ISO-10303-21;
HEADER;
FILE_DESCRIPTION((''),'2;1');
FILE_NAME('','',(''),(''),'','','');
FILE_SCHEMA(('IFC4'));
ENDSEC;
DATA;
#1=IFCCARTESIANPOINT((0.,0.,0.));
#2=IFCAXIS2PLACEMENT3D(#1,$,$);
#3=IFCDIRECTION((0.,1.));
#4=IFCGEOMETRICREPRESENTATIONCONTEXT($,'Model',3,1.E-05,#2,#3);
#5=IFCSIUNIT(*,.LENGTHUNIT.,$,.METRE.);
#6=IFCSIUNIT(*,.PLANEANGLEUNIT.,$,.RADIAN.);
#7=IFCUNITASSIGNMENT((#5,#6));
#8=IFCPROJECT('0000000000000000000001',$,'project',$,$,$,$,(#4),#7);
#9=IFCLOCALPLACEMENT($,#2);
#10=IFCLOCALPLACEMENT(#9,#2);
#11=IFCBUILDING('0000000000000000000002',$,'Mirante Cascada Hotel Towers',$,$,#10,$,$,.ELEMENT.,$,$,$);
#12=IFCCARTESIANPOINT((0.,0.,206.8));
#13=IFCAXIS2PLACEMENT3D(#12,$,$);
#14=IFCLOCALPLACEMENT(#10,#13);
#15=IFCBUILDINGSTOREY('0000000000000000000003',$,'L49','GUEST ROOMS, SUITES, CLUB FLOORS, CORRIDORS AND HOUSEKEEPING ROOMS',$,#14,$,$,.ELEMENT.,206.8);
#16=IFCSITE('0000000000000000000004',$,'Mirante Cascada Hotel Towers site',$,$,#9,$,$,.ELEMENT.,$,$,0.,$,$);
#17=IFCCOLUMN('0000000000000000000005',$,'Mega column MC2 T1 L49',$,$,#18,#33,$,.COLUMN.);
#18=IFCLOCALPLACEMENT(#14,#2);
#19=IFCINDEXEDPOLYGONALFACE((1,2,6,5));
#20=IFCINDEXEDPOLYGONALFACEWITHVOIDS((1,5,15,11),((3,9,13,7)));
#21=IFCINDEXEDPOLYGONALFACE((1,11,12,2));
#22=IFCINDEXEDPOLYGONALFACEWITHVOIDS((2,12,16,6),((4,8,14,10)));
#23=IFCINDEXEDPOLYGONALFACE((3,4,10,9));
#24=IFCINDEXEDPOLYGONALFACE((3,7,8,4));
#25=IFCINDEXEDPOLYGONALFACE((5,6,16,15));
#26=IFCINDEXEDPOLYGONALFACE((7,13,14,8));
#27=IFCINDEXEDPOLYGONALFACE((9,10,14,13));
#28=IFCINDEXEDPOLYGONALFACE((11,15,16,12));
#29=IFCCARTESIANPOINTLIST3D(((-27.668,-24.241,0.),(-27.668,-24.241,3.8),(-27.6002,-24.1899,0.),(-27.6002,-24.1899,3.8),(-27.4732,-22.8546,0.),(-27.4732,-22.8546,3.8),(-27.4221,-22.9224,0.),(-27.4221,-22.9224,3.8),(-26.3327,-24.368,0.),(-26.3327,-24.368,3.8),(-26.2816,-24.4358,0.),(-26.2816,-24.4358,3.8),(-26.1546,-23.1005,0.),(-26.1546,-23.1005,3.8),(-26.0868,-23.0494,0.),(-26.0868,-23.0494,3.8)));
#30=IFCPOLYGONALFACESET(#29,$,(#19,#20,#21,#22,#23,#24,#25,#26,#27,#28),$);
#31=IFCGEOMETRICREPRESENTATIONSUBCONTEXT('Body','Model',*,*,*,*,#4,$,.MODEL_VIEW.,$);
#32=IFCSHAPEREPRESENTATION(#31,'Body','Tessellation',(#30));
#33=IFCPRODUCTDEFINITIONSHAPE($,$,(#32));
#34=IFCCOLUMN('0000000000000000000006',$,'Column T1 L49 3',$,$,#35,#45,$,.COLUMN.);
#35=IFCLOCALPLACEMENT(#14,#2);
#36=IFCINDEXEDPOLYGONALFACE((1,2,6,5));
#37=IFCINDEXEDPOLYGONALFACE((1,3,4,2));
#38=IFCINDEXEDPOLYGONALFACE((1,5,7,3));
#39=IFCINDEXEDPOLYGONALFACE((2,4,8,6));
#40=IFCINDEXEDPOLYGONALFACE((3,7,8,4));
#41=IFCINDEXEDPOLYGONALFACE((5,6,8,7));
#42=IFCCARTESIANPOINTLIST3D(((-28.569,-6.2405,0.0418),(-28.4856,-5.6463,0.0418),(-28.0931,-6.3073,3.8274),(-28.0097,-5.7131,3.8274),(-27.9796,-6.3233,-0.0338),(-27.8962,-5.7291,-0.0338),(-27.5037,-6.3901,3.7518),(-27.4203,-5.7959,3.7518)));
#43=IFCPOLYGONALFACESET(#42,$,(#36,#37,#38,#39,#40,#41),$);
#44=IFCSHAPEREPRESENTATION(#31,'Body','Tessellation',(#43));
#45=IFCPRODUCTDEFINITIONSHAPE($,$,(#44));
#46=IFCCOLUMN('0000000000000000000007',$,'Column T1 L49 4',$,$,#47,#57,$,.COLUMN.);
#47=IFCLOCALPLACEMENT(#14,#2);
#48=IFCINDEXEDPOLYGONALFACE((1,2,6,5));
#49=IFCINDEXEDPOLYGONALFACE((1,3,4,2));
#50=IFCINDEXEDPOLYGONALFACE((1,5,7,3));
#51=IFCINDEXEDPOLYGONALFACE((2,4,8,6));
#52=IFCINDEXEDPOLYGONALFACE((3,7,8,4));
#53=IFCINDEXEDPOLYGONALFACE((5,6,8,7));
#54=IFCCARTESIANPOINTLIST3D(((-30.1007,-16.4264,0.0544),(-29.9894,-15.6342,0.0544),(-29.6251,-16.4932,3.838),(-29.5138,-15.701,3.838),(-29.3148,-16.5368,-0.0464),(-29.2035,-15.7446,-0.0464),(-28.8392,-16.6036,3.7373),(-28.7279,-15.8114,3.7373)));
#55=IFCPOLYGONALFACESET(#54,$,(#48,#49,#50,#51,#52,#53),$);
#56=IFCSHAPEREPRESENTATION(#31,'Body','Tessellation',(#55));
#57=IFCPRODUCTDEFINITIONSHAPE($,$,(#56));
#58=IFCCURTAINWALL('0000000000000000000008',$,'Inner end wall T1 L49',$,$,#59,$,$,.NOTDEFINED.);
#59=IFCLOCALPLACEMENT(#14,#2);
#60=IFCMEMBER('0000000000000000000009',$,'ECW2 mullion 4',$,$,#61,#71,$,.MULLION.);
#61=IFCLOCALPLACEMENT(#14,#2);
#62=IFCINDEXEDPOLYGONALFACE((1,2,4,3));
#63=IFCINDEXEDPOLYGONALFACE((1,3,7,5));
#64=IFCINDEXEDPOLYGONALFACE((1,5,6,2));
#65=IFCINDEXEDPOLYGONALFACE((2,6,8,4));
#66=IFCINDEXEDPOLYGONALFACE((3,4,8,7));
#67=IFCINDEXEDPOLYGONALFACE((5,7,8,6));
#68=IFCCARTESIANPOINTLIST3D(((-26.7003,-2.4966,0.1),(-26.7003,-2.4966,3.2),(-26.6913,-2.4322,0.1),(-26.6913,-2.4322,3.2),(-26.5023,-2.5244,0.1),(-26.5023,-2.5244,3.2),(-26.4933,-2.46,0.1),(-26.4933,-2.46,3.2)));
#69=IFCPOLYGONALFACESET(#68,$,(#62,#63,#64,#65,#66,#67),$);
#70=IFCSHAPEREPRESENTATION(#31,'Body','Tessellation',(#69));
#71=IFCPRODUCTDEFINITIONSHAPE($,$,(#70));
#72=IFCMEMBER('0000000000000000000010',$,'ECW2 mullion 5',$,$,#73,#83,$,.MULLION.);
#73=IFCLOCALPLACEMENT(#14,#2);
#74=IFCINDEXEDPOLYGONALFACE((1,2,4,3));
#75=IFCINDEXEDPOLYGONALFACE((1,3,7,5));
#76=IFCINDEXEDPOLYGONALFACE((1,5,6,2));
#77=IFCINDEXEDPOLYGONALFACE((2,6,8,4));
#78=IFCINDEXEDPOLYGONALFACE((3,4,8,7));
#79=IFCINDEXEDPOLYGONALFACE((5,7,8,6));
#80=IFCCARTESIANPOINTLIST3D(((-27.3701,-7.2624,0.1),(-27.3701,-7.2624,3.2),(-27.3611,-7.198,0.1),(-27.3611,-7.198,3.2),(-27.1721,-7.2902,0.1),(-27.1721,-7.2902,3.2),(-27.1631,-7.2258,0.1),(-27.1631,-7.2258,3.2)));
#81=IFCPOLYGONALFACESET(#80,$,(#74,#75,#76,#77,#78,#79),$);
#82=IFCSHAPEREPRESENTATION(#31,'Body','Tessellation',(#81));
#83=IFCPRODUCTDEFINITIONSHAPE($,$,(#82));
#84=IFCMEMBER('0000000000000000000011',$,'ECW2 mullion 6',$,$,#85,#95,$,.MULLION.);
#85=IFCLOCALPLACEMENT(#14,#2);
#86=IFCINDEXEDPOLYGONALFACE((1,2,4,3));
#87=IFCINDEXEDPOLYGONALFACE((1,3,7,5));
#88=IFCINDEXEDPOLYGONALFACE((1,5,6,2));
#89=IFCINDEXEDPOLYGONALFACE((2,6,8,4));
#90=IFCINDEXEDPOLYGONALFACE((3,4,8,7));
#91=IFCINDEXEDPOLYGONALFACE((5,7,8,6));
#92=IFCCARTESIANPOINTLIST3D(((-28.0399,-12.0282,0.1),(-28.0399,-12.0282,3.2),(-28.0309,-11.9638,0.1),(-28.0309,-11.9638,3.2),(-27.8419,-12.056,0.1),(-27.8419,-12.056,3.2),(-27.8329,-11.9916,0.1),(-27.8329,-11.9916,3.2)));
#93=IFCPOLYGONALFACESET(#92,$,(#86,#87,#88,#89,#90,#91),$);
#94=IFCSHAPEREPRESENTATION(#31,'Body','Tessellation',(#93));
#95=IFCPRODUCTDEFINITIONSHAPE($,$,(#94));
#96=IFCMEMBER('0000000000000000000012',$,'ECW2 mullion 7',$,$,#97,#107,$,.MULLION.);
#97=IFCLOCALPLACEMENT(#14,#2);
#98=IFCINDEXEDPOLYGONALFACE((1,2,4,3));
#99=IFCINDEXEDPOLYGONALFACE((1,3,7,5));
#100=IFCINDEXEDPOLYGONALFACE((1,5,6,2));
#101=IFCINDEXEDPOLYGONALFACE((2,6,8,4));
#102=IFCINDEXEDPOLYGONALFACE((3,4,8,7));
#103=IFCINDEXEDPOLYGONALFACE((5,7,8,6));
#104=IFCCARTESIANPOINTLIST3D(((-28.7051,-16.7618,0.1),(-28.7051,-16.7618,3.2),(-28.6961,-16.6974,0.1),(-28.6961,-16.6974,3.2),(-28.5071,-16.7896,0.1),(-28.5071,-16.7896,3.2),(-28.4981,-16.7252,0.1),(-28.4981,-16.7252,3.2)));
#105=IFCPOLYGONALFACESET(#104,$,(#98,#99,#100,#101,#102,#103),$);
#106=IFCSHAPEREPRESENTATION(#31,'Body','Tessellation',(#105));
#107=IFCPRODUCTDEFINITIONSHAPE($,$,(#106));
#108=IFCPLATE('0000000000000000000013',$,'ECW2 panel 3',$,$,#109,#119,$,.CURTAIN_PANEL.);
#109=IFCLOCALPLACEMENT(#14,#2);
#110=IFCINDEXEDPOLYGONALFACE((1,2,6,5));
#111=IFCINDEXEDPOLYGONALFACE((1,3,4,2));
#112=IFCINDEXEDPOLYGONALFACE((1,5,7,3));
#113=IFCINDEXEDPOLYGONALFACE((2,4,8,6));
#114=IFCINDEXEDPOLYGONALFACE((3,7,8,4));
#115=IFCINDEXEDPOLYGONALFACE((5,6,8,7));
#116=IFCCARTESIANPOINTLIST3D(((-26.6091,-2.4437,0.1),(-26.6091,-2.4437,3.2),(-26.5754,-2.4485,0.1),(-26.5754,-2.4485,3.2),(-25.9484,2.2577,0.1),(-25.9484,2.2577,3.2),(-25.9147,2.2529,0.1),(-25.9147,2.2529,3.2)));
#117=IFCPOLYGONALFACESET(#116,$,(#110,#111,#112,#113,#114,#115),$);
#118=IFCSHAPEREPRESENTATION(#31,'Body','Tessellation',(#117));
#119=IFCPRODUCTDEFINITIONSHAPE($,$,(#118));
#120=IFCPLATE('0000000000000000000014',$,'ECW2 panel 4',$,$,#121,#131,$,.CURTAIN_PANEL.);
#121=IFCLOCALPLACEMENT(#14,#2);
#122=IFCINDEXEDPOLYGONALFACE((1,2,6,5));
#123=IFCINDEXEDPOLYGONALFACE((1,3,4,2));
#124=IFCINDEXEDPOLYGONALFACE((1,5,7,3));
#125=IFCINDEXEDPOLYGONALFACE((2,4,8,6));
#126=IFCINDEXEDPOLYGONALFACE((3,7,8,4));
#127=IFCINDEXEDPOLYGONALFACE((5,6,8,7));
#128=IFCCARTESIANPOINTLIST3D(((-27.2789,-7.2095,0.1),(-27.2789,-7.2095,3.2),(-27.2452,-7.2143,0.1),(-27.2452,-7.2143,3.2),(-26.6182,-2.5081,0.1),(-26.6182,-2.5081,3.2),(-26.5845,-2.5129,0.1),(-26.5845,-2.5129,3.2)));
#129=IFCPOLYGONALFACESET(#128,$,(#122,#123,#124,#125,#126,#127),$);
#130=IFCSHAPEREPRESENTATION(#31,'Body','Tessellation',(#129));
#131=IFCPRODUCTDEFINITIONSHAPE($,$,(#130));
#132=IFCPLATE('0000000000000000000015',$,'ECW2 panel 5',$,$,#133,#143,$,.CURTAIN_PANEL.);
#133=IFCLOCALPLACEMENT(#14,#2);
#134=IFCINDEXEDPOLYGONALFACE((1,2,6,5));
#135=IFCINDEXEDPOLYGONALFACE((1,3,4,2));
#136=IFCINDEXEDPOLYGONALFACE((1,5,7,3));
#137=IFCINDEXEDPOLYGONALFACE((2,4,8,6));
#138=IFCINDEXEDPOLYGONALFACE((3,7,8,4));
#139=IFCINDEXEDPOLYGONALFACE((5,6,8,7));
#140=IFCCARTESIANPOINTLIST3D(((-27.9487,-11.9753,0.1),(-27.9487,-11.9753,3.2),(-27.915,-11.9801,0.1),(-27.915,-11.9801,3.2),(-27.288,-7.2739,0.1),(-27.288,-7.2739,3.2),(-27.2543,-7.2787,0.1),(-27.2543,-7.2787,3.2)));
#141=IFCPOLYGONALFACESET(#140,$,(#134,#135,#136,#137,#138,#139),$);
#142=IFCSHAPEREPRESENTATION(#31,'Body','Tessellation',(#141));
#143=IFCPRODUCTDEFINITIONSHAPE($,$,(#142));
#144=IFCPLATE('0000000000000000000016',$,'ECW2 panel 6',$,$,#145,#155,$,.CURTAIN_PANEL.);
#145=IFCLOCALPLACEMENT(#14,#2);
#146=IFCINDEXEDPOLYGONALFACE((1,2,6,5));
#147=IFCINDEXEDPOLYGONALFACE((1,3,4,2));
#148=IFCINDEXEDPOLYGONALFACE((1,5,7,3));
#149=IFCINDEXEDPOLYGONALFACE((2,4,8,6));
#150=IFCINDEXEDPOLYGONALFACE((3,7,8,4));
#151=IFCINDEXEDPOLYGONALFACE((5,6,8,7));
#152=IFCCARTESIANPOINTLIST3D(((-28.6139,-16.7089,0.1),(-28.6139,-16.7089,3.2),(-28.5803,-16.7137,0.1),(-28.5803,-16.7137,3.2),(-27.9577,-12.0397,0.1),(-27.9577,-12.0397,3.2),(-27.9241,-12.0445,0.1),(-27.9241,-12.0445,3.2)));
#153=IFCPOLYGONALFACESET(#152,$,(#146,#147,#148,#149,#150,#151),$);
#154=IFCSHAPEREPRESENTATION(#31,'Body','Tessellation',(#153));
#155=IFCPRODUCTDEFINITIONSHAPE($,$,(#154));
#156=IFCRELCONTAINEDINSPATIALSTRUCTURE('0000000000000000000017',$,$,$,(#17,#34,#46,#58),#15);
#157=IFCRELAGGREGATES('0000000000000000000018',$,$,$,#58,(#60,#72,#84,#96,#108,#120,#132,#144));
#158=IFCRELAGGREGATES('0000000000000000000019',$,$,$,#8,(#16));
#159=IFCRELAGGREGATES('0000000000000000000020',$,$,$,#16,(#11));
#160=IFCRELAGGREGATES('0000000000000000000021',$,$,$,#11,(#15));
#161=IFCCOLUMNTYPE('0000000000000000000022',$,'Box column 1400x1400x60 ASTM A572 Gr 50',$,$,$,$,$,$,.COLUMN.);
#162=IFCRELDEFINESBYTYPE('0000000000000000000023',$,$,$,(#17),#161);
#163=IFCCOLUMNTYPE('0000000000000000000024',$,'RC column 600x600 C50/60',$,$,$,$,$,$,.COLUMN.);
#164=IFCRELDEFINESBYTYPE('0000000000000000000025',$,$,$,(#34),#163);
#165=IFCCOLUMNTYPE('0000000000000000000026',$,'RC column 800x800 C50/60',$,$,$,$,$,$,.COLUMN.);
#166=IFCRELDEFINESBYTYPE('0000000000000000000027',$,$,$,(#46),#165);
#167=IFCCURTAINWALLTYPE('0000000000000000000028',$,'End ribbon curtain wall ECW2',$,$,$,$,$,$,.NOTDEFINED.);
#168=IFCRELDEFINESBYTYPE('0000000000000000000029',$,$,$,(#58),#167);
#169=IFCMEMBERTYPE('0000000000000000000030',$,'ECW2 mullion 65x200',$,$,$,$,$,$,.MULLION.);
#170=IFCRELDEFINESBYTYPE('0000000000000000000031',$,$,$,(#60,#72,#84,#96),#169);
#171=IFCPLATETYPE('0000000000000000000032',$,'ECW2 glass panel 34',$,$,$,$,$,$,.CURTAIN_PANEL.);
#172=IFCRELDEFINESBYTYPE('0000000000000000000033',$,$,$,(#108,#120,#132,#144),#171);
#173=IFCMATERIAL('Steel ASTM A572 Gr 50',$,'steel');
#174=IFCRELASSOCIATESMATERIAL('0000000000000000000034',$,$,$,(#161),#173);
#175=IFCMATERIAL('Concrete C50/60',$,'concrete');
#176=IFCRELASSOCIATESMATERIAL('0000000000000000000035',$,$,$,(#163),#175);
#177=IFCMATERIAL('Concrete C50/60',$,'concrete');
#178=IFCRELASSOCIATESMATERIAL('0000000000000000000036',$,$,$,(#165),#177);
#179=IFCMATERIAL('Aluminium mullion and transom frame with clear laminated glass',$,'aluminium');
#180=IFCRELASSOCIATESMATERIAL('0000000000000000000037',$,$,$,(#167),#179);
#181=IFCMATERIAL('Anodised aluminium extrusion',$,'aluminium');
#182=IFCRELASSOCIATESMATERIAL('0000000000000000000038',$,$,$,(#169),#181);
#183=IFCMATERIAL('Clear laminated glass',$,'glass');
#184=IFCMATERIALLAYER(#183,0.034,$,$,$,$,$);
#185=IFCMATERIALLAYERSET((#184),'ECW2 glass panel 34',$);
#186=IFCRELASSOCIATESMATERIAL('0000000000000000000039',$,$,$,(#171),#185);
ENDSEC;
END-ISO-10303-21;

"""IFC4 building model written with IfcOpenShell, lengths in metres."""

from ifc_helpers import new_model, si_unit, direction, frame, origin, origin_2d, place, context, subcontext, project, spatial, rectangle, hollow_rectangle, extrude, material, layer, layer_set, material_profile, profile_set, type_object, element, aggregate, save


model = new_model("IFC4")

# Units and contexts
model_context = context("Model", 3, precision=1e-05, world=origin(), true_north=direction((0.0, 1.0)))
body_context = subcontext(model_context, "Body", "Model", "MODEL_VIEW")
ifc_project = project(units=[si_unit("LENGTHUNIT", "METRE"), si_unit("PLANEANGLEUNIT", "RADIAN")], contexts=[model_context])

# Site, building, storey
site_placement = place(None, origin())
site = spatial("IfcSite", under=ifc_project, at=site_placement, Name="Mirante Cascada Hotel Towers site", CompositionType="ELEMENT", RefElevation=0.0)
building_placement = place(site_placement, origin())
building = spatial("IfcBuilding", under=site, at=building_placement, Name="Mirante Cascada Hotel Towers", CompositionType="ELEMENT")
storey_placement = place(building_placement, frame((0.0, 0.0, 206.8)))
storey = spatial("IfcBuildingStorey", under=building, at=storey_placement, Name="L49", Description="GUEST ROOMS, SUITES, CLUB FLOORS, CORRIDORS AND HOUSEKEEPING ROOMS", CompositionType="ELEMENT", Elevation=206.8)

# Columns
ifc_material_1 = material(Name="Steel ASTM A572 Gr 50", Category="steel")
ifc_material_profile_1 = material_profile(ifc_material_1, hollow_rectangle(XDim=1.4, YDim=1.4, WallThickness=0.06, at=origin_2d()), Name="Box column 1400x1400x60 ASTM A572 Gr 50")
ifc_profile_set_1 = profile_set([ifc_material_profile_1], Name="Steel ASTM A572 Gr 50")
column_type_1 = type_object("IfcColumnType", Name="Box column 1400x1400x60 ASTM A572 Gr 50", PredefinedType="COLUMN", material=ifc_profile_set_1)
column_1_placement = place(storey_placement, frame((-26.8774, -23.6452, 0.0), z_axis=(0.0, 0.0, 1.0), x_axis=(-0.990268, 0.139173, 0.0)))
element("IfcColumn", 1, at=column_1_placement, inside=storey, type_object=column_type_1, Name="Mega column MC2 T1 L49", PredefinedType="COLUMN", context=body_context, shape_type="SweptSolid", body=[
    extrude(hollow_rectangle(XDim=1.4, YDim=1.4, WallThickness=0.06, at=origin_2d()), origin(), (0.0, 0.0, 1.0), 3.8),
])
ifc_material_2 = material(Name="Concrete C50/60", Category="concrete")
ifc_material_profile_2 = material_profile(ifc_material_2, rectangle(XDim=0.6, YDim=0.6, at=origin_2d()), Name="RC column 600x600 C50/60")
ifc_profile_set_2 = profile_set([ifc_material_profile_2], Name="Concrete C50/60")
column_type_2 = type_object("IfcColumnType", Name="RC column 600x600 C50/60", PredefinedType="COLUMN", material=ifc_profile_set_2)
column_2_placement = place(storey_placement, frame((-28.2326, -5.9848, 0.004), z_axis=(0.124712, -0.017505, 0.992039), x_axis=(0.139003, 0.990292, 0.0)))
element("IfcColumn", 2, at=column_2_placement, inside=storey, type_object=column_type_2, Name="Column T1 L49 3", PredefinedType="COLUMN", context=body_context, shape_type="SweptSolid", body=[
    extrude(rectangle(XDim=0.6, YDim=0.6, at=origin_2d()), origin(), (0.0, 0.0, 1.0), 3.816),
])
ifc_material_3 = material(Name="Concrete C50/60", Category="concrete")
ifc_material_profile_3 = material_profile(ifc_material_3, rectangle(XDim=0.8, YDim=0.8, at=origin_2d()), Name="RC column 800x800 C50/60")
ifc_profile_set_3 = profile_set([ifc_material_profile_3], Name="Concrete C50/60")
column_type_3 = type_object("IfcColumnType", Name="RC column 800x800 C50/60", PredefinedType="COLUMN", material=ifc_profile_set_3)
column_3_placement = place(storey_placement, frame((-29.6521, -16.0855, 0.004), z_axis=(0.1247, -0.017515, 0.99204), x_axis=(0.139089, 0.99028, 0.0)))
element("IfcColumn", 3, at=column_3_placement, inside=storey, type_object=column_type_3, Name="Column T1 L49 4", PredefinedType="COLUMN", context=body_context, shape_type="SweptSolid", body=[
    extrude(rectangle(XDim=0.8, YDim=0.8, at=origin_2d()), origin(), (0.0, 0.0, 1.0), 3.814),
])

# Curtain wall, members, plates
ifc_material_4 = material(Name="Aluminium mullion and transom frame with clear laminated glass", Category="aluminium")
curtain_wall_type = type_object("IfcCurtainWallType", Name="End ribbon curtain wall ECW2", PredefinedType="NOTDEFINED", material=ifc_material_4)
curtain_wall_placement = place(storey_placement, origin())
curtain_wall = element("IfcCurtainWall", 4, at=curtain_wall_placement, inside=storey, type_object=curtain_wall_type, Name="Inner end wall T1 L49", PredefinedType="NOTDEFINED")
ifc_material_5 = material(Name="Anodised aluminium extrusion", Category="aluminium")
ifc_material_profile_4 = material_profile(ifc_material_5, rectangle(XDim=0.2, YDim=0.065, at=origin_2d()), Name="ECW2 MULLION 65x200")
ifc_profile_set_4 = profile_set([ifc_material_profile_4], Name="Anodised aluminium extrusion")
member_type = type_object("IfcMemberType", Name="ECW2 mullion 65x200", PredefinedType="MULLION", material=ifc_profile_set_4)
member_1_placement = place(storey_placement, frame((-26.5968, -2.4783, 0.1), z_axis=(0.0, 0.0, 1.0), x_axis=(0.990268, -0.139173, 0.0)))
member_1 = element("IfcMember", 5, at=member_1_placement, type_object=member_type, Name="ECW2 mullion 4", PredefinedType="MULLION", context=body_context, shape_type="SweptSolid", body=[
    extrude(rectangle(XDim=0.2, YDim=0.065, at=origin_2d()), origin(), (0.0, 0.0, 1.0), 3.1),
])
member_2_placement = place(storey_placement, frame((-27.2666, -7.2441, 0.1), z_axis=(0.0, 0.0, 1.0), x_axis=(0.990268, -0.139173, 0.0)))
member_2 = element("IfcMember", 6, at=member_2_placement, type_object=member_type, Name="ECW2 mullion 5", PredefinedType="MULLION", context=body_context, shape_type="SweptSolid", body=[
    extrude(rectangle(XDim=0.2, YDim=0.065, at=origin_2d()), origin(), (0.0, 0.0, 1.0), 3.1),
])
member_3_placement = place(storey_placement, frame((-27.9364, -12.0099, 0.1), z_axis=(0.0, 0.0, 1.0), x_axis=(0.990268, -0.139173, 0.0)))
member_3 = element("IfcMember", 7, at=member_3_placement, type_object=member_type, Name="ECW2 mullion 6", PredefinedType="MULLION", context=body_context, shape_type="SweptSolid", body=[
    extrude(rectangle(XDim=0.2, YDim=0.065, at=origin_2d()), origin(), (0.0, 0.0, 1.0), 3.1),
])
member_4_placement = place(storey_placement, frame((-28.6016, -16.7435, 0.1), z_axis=(0.0, 0.0, 1.0), x_axis=(0.990268, -0.139173, 0.0)))
member_4 = element("IfcMember", 8, at=member_4_placement, type_object=member_type, Name="ECW2 mullion 7", PredefinedType="MULLION", context=body_context, shape_type="SweptSolid", body=[
    extrude(rectangle(XDim=0.2, YDim=0.065, at=origin_2d()), origin(), (0.0, 0.0, 1.0), 3.1),
])
ifc_material_6 = material(Name="Clear laminated glass", Category="glass")
ifc_layer_1 = layer(ifc_material_6, 0.034)
ifc_layer_set_1 = layer_set([ifc_layer_1], Name="ECW2 glass panel 34")
plate_type = type_object("IfcPlateType", Name="ECW2 glass panel 34", PredefinedType="CURTAIN_PANEL", material=ifc_layer_set_1)
plate_1_placement = place(storey_placement, frame((-26.2619, -0.0954, 0.1), z_axis=(0.0, 0.0, 1.0), x_axis=(-0.139173, -0.990268, 0.0)))
plate_1 = element("IfcPlate", 9, at=plate_1_placement, type_object=plate_type, Name="ECW2 panel 3", PredefinedType="CURTAIN_PANEL", context=body_context, shape_type="SweptSolid", body=[
    extrude(rectangle(XDim=4.7476, YDim=0.034, at=origin_2d()), origin(), (0.0, 0.0, 1.0), 3.1),
])
plate_2_placement = place(storey_placement, frame((-26.9317, -4.8612, 0.1), z_axis=(0.0, 0.0, 1.0), x_axis=(-0.139173, -0.990268, 0.0)))
plate_2 = element("IfcPlate", 10, at=plate_2_placement, type_object=plate_type, Name="ECW2 panel 4", PredefinedType="CURTAIN_PANEL", context=body_context, shape_type="SweptSolid", body=[
    extrude(rectangle(XDim=4.7476, YDim=0.034, at=origin_2d()), origin(), (0.0, 0.0, 1.0), 3.1),
])
plate_3_placement = place(storey_placement, frame((-27.6015, -9.627, 0.1), z_axis=(0.0, 0.0, 1.0), x_axis=(-0.139173, -0.990268, 0.0)))
plate_3 = element("IfcPlate", 11, at=plate_3_placement, type_object=plate_type, Name="ECW2 panel 5", PredefinedType="CURTAIN_PANEL", context=body_context, shape_type="SweptSolid", body=[
    extrude(rectangle(XDim=4.7476, YDim=0.034, at=origin_2d()), origin(), (0.0, 0.0, 1.0), 3.1),
])
plate_4_placement = place(storey_placement, frame((-28.269, -14.3767, 0.1), z_axis=(0.0, 0.0, 1.0), x_axis=(-0.139173, -0.990268, 0.0)))
plate_4 = element("IfcPlate", 12, at=plate_4_placement, type_object=plate_type, Name="ECW2 panel 6", PredefinedType="CURTAIN_PANEL", context=body_context, shape_type="SweptSolid", body=[
    extrude(rectangle(XDim=4.7151, YDim=0.034, at=origin_2d()), origin(), (0.0, 0.0, 1.0), 3.1),
])
aggregate(curtain_wall, [member_1, member_2, member_3, member_4, plate_1, plate_2, plate_3, plate_4])

save(model, "model.ifc")
